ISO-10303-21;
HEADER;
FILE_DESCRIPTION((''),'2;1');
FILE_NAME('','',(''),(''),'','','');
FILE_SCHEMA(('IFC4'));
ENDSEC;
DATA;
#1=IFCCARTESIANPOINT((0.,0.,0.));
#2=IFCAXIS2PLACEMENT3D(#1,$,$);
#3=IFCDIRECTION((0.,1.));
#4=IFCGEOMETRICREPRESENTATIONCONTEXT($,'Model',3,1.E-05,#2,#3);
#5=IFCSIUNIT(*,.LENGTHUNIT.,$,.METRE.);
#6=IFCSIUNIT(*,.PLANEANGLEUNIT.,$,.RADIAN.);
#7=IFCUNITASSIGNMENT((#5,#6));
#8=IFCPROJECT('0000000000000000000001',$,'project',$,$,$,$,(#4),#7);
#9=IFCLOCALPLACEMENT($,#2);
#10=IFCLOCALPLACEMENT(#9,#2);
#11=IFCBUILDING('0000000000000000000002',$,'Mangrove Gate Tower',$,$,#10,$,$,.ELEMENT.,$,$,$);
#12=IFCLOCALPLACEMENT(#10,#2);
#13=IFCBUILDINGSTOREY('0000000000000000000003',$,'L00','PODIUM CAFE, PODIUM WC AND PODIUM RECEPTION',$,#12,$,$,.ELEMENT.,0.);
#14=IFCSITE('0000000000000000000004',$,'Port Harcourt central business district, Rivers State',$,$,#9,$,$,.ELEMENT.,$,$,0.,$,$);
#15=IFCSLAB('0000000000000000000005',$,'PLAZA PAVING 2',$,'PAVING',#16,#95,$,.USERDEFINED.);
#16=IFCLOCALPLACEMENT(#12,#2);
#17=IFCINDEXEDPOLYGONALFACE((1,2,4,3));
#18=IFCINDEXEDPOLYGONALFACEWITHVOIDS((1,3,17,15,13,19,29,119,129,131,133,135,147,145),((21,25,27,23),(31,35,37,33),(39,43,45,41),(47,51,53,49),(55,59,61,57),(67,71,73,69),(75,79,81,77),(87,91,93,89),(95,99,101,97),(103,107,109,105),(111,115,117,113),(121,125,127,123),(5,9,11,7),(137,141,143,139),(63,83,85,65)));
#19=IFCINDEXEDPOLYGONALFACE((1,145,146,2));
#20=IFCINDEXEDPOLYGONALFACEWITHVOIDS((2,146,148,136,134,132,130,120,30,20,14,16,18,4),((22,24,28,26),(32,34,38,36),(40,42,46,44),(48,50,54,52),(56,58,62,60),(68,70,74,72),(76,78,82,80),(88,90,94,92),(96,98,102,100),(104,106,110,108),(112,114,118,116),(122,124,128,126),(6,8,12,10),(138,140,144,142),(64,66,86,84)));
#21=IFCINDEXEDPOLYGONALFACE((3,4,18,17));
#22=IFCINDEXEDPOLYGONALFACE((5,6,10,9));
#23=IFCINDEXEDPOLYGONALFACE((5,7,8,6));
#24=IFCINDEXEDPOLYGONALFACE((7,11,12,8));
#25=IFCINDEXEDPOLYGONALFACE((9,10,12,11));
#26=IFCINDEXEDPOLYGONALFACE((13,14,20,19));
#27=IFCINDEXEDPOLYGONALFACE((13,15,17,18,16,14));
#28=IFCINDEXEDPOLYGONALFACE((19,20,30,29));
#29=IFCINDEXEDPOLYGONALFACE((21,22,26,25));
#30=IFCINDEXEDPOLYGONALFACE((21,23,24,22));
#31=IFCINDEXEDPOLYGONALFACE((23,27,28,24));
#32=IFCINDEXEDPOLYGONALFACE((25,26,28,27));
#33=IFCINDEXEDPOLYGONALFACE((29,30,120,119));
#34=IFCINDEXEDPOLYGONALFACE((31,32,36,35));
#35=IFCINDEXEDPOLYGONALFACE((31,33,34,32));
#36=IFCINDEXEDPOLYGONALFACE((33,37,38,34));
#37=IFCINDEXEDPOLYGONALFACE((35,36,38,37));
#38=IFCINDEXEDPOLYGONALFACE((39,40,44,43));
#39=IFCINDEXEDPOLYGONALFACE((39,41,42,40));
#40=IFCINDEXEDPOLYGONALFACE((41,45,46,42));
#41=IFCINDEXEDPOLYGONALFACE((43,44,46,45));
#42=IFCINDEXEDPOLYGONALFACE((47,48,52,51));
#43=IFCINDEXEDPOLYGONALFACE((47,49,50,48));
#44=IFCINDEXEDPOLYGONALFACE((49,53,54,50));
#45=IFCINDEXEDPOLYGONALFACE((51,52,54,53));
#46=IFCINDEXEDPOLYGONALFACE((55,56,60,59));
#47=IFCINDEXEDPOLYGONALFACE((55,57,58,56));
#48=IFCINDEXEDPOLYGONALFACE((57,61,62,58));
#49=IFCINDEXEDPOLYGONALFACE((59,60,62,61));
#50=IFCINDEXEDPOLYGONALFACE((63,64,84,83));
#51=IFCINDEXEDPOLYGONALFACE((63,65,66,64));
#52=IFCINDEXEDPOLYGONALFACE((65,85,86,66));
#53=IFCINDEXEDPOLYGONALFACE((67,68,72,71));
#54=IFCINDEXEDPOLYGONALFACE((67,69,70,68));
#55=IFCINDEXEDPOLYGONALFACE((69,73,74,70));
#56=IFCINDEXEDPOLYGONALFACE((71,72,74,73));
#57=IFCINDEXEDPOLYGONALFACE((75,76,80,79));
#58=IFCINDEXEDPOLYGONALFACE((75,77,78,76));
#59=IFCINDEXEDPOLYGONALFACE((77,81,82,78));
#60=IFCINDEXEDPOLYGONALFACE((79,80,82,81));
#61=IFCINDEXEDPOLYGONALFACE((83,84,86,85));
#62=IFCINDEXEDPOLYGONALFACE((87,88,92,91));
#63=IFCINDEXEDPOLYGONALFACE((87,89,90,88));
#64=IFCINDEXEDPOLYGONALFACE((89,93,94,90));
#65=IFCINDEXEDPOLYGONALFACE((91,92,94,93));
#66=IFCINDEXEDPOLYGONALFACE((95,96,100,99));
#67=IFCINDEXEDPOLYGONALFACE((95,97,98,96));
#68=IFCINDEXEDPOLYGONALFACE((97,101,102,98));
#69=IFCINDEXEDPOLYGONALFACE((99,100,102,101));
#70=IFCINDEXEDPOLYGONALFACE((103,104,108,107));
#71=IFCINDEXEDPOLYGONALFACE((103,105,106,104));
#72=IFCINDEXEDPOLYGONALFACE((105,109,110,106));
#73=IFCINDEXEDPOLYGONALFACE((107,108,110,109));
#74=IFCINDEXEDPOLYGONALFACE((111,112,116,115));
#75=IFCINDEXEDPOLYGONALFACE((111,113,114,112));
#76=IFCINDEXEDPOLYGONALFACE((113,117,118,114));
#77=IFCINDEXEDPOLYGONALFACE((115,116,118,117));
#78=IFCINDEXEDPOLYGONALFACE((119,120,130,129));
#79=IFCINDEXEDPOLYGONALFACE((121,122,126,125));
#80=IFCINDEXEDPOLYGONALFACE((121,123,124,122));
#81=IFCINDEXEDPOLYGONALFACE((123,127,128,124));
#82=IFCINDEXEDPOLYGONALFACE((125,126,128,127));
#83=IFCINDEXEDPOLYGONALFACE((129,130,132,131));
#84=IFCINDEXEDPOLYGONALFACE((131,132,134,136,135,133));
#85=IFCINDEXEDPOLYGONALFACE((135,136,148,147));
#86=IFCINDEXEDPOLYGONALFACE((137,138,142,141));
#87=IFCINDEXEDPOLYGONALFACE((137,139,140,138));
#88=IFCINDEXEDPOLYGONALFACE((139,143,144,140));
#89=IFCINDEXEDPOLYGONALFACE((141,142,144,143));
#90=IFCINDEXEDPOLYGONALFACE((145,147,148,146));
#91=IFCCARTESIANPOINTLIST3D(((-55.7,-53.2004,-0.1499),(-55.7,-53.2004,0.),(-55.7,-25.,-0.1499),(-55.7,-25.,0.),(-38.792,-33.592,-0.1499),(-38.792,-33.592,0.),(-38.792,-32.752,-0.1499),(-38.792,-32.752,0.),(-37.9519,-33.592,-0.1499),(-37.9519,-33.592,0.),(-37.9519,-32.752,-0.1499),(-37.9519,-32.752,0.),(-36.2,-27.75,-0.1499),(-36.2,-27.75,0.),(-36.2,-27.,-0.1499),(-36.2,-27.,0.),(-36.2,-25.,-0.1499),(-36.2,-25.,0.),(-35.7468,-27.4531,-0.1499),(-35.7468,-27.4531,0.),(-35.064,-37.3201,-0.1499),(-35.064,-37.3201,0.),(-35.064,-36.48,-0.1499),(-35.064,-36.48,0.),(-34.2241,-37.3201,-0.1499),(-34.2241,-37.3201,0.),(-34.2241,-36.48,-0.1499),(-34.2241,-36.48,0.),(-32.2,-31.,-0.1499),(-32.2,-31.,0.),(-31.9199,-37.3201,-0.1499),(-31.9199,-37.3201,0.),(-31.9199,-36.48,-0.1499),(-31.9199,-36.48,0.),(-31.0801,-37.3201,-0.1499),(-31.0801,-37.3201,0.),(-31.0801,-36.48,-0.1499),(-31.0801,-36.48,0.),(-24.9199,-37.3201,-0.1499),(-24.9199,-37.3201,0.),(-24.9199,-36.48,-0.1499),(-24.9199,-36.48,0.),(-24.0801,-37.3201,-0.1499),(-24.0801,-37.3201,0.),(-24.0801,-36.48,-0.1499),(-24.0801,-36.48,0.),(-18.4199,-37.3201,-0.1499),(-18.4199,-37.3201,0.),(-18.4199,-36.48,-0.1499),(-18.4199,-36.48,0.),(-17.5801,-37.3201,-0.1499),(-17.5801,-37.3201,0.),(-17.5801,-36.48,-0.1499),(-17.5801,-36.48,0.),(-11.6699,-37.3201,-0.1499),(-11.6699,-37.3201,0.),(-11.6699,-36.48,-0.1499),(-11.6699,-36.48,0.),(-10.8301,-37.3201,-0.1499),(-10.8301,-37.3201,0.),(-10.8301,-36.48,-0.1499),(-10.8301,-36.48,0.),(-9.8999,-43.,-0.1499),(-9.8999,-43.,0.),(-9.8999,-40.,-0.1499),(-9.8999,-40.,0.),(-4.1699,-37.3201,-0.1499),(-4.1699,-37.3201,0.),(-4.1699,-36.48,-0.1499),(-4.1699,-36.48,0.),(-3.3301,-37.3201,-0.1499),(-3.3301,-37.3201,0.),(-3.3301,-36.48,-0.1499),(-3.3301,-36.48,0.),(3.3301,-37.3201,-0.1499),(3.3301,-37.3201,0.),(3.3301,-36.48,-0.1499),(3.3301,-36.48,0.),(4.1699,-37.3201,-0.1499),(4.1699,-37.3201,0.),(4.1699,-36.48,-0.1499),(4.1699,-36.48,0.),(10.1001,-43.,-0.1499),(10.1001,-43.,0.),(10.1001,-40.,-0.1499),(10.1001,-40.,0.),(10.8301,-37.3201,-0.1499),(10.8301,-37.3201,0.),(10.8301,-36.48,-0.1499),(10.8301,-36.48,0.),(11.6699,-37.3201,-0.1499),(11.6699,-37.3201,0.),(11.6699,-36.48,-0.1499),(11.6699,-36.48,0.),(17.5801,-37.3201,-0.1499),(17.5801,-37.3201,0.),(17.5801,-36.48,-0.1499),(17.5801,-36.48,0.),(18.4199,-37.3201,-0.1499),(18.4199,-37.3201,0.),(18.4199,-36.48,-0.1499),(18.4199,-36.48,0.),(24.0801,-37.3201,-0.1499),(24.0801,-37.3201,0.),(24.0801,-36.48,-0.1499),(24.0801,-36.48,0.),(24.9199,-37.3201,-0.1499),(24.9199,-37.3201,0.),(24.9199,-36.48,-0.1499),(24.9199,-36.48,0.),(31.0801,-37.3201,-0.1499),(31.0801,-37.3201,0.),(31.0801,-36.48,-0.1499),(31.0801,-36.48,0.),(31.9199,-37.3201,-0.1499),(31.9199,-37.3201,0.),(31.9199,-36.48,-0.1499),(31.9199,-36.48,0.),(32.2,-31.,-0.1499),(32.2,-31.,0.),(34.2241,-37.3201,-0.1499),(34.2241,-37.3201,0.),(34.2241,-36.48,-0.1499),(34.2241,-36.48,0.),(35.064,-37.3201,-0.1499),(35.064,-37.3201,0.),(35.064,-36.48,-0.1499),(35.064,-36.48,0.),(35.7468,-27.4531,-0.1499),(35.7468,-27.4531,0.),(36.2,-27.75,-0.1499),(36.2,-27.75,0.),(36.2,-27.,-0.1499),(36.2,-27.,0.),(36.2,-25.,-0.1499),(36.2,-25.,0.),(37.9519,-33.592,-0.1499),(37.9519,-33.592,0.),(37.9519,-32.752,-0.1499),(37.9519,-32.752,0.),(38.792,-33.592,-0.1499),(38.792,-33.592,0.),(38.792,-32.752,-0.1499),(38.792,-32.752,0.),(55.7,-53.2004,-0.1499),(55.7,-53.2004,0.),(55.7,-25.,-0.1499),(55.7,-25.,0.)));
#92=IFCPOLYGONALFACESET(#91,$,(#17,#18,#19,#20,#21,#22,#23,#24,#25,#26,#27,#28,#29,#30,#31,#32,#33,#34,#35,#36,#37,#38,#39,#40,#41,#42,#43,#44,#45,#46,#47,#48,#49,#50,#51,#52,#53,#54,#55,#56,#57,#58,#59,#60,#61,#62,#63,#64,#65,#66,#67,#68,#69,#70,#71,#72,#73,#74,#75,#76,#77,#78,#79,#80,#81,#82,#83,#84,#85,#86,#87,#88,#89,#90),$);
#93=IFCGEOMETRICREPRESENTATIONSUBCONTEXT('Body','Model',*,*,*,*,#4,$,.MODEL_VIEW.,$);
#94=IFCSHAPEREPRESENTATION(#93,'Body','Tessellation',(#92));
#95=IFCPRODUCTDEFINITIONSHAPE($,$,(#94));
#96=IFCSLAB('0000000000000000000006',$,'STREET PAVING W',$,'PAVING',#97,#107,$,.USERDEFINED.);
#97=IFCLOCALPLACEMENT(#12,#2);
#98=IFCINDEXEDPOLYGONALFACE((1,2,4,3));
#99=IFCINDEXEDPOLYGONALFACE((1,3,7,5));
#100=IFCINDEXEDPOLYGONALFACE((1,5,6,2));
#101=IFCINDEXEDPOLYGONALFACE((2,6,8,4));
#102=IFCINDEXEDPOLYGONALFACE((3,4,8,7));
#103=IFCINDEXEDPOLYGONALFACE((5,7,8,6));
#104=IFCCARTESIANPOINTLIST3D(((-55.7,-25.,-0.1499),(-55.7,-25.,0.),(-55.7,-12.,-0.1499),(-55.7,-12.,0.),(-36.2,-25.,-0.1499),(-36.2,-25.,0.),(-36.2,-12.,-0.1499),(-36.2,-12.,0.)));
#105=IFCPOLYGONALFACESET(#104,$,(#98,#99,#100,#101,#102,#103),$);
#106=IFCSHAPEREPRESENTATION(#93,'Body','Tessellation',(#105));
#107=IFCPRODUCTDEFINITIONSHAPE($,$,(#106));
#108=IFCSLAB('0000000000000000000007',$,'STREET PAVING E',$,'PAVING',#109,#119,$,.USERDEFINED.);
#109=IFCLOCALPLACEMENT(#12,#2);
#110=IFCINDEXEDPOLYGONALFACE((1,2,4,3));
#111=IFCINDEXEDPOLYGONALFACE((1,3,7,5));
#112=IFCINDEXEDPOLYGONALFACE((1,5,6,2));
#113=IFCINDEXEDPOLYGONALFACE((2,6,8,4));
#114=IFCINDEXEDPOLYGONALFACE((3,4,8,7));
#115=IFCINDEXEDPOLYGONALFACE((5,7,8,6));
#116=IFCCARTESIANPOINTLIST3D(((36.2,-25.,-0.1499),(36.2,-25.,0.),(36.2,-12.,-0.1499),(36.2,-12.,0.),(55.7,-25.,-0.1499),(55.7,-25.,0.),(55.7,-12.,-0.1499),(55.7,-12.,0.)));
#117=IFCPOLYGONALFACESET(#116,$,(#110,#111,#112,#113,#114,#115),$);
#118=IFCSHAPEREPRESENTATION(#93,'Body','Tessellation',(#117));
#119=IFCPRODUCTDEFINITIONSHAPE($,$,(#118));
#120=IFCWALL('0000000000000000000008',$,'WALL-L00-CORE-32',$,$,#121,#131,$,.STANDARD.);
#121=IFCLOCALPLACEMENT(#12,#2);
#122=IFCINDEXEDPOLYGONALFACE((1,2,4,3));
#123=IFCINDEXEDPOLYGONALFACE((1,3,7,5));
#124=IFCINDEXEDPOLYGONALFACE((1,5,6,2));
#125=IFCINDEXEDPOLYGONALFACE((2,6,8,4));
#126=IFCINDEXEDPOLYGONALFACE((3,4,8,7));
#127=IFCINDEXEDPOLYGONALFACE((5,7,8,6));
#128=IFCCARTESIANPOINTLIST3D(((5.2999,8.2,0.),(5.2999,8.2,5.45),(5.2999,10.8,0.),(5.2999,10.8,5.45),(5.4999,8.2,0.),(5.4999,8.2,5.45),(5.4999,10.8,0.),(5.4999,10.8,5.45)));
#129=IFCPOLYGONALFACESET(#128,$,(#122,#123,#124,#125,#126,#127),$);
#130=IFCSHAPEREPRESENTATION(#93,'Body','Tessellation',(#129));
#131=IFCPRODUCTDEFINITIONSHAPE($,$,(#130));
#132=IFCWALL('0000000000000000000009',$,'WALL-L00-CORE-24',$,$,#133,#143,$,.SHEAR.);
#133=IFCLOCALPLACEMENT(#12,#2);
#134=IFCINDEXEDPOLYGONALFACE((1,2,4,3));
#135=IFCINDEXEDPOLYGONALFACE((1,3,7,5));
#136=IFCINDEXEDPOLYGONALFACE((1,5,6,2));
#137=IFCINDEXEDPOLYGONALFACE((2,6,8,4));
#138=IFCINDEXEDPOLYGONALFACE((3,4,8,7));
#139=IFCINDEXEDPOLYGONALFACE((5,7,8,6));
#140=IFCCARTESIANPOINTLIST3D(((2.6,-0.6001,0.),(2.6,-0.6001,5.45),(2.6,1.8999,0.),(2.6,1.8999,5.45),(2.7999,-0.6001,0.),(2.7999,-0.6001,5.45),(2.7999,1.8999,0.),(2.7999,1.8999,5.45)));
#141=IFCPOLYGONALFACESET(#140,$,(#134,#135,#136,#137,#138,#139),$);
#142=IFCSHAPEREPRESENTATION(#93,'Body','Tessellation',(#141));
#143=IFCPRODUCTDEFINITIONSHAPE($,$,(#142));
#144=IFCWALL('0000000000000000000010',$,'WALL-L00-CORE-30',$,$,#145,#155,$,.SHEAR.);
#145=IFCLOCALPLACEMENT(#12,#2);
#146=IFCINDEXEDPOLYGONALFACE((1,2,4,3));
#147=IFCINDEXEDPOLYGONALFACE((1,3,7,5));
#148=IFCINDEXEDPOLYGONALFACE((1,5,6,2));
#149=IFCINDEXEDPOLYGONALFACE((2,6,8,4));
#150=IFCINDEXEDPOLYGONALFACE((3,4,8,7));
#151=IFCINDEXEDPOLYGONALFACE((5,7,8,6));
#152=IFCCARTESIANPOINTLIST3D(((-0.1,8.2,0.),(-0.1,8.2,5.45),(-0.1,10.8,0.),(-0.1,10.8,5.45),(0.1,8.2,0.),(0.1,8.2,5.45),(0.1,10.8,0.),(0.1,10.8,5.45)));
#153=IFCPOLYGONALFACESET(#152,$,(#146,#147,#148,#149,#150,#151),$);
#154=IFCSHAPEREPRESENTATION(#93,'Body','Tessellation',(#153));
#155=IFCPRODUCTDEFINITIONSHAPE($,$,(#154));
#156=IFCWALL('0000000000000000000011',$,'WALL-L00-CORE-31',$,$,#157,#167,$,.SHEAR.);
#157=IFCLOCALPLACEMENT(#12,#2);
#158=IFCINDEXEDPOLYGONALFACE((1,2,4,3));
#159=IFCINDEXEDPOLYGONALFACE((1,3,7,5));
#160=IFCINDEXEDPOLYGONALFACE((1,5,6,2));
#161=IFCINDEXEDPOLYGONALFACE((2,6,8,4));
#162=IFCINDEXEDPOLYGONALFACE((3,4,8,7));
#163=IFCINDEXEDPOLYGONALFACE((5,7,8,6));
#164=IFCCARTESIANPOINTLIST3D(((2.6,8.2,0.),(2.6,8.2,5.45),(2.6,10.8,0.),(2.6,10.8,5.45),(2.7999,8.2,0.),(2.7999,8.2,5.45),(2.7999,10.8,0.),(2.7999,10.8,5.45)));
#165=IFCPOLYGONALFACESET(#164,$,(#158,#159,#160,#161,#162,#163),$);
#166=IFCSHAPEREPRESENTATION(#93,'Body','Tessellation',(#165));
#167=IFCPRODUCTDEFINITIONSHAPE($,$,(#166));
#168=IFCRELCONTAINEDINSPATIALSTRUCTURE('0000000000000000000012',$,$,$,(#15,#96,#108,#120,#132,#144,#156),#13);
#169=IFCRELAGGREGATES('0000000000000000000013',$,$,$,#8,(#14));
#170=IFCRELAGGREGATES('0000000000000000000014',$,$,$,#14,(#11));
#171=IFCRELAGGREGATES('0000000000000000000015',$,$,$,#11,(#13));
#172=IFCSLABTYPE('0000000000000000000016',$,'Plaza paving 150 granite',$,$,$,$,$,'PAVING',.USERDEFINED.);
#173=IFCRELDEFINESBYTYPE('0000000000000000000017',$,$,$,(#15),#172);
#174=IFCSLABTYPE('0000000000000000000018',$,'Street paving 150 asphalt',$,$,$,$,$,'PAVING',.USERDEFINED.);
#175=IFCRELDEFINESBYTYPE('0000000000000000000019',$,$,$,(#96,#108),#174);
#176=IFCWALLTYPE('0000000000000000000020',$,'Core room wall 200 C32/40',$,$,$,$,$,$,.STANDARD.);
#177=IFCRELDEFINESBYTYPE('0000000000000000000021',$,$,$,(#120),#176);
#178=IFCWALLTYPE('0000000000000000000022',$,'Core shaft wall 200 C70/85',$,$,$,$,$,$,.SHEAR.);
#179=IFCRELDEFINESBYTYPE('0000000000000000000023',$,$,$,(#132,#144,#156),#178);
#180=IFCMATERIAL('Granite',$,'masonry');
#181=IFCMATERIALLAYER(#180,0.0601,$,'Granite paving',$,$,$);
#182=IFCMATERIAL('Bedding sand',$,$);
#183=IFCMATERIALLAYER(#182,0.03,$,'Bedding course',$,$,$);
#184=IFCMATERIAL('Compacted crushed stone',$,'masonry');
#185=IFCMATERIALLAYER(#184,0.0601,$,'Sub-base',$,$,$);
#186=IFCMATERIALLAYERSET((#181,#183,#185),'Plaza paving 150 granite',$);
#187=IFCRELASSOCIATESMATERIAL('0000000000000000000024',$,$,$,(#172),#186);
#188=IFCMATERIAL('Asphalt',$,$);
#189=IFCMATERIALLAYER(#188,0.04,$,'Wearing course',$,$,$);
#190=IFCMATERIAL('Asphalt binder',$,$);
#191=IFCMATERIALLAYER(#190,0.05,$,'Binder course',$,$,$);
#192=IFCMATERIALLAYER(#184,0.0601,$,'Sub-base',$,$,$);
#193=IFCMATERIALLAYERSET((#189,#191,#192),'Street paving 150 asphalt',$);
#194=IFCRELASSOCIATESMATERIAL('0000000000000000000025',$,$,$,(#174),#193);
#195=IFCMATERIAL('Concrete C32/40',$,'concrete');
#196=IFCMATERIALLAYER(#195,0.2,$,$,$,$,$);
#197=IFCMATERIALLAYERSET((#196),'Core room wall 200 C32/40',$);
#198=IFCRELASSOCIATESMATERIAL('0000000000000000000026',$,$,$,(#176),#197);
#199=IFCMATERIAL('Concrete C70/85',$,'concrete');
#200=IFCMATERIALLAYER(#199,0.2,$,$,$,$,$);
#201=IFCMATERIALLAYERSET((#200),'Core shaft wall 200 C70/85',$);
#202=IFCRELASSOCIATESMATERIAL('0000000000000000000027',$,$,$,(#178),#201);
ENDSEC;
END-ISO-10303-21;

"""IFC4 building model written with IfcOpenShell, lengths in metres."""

from ifc_helpers import new_model, si_unit, direction, frame, frame_2d, origin, place, context, subcontext, project, spatial, polyline, rectangle, outline, extrude, material, layer, layer_set, type_object, element, save


model = new_model("IFC4")

# Units and contexts
model_context = context("Model", 3, precision=1e-05, world=origin(), true_north=direction((0.0, 1.0)))
body_context = subcontext(model_context, "Body", "Model", "MODEL_VIEW")
ifc_project = project(units=[si_unit("LENGTHUNIT", "METRE"), si_unit("PLANEANGLEUNIT", "RADIAN")], contexts=[model_context])

# Site, building, storey
site_placement = place(None, origin())
site = spatial("IfcSite", under=ifc_project, at=site_placement, Name="Port Harcourt central business district, Rivers State", CompositionType="ELEMENT", RefElevation=0.0)
building_placement = place(site_placement, origin())
building = spatial("IfcBuilding", under=site, at=building_placement, Name="Mangrove Gate Tower", CompositionType="ELEMENT")
storey_placement = place(building_placement, origin())
storey = spatial("IfcBuildingStorey", under=building, at=storey_placement, Name="L00", Description="PODIUM CAFE, PODIUM WC AND PODIUM RECEPTION", CompositionType="ELEMENT", Elevation=0.0)

# Slabs
ifc_material_1 = material(Name="Asphalt")
ifc_material_2 = material(Name="Asphalt binder")
ifc_material_3 = material(Name="Compacted crushed stone", Category="masonry")
ifc_material_4 = material(Name="Granite", Category="masonry")
ifc_layer_1 = layer(ifc_material_4, 0.0601, Name="Granite paving")
ifc_material_5 = material(Name="Bedding sand")
ifc_layer_2 = layer(ifc_material_5, 0.03, Name="Bedding course")
ifc_layer_3 = layer(ifc_material_3, 0.0601, Name="Sub-base")
ifc_layer_set_1 = layer_set([ifc_layer_1, ifc_layer_2, ifc_layer_3], Name="Plaza paving 150 granite")
slab_type_1 = type_object("IfcSlabType", Name="Plaza paving 150 granite", ElementType="PAVING", PredefinedType="USERDEFINED", material=ifc_layer_set_1)
slab_1_placement = place(storey_placement, frame((0.0, 0.0, -0.1499)))
element("IfcSlab", 1, at=slab_1_placement, inside=storey, type_object=slab_type_1, Name="PLAZA PAVING 2", ObjectType="PAVING", PredefinedType="USERDEFINED", context=body_context, shape_type="SweptSolid", body=[
    extrude(outline(polyline([(-36.2, -27.0), (-36.2, -27.0), (-36.2, -27.75), (-35.7468, -27.4531), (-32.2, -31.0), (-32.2, -31.0), (32.2, -31.0), (32.2, -31.0), (35.7468, -27.4531), (36.2, -27.75), (36.2, -27.0), (36.2, -27.0), (36.2, -25.0), (55.7, -25.0), (55.7, -53.2004), (-55.7, -53.2004), (-55.7, -25.0), (-36.2, -25.0), (-36.2, -27.0)]), holes=[polyline([(-34.2241, -36.48), (-35.064, -36.48), (-35.064, -37.3201), (-34.2241, -37.3201), (-34.2241, -36.48)]), polyline([(-31.0801, -36.48), (-31.9199, -36.48), (-31.9199, -37.3201), (-31.0801, -37.3201), (-31.0801, -36.48)]), polyline([(-24.0801, -36.48), (-24.9199, -36.48), (-24.9199, -37.3201), (-24.0801, -37.3201), (-24.0801, -36.48)]), polyline([(-37.9519, -33.592), (-37.9519, -32.752), (-38.792, -32.752), (-38.792, -33.592), (-37.9519, -33.592)]), polyline([(-17.5801, -37.3201), (-17.5801, -36.48), (-18.4199, -36.48), (-18.4199, -37.3201), (-17.5801, -37.3201)]), polyline([(-10.8301, -36.48), (-11.6699, -36.48), (-11.6699, -37.3201), (-10.8301, -37.3201), (-10.8301, -36.48)]), polyline([(-3.3301, -37.3201), (-3.3301, -36.48), (-4.1699, -36.48), (-4.1699, -37.3201), (-3.3301, -37.3201)]), polyline([(4.1699, -37.3201), (4.1699, -36.48), (3.3301, -36.48), (3.3301, -37.3201), (4.1699, -37.3201)]), polyline([(11.6699, -36.48), (10.8301, -36.48), (10.8301, -37.3201), (11.6699, -37.3201), (11.6699, -36.48)]), polyline([(18.4199, -37.3201), (18.4199, -36.48), (17.5801, -36.48), (17.5801, -37.3201), (18.4199, -37.3201)]), polyline([(24.9199, -36.48), (24.0801, -36.48), (24.0801, -37.3201), (24.9199, -37.3201), (24.9199, -36.48)]), polyline([(31.9199, -37.3201), (31.9199, -36.48), (31.0801, -36.48), (31.0801, -37.3201), (31.9199, -37.3201)]), polyline([(35.064, -37.3201), (35.064, -36.48), (34.2241, -36.48), (34.2241, -37.3201), (35.064, -37.3201)]), polyline([(38.792, -32.752), (37.9519, -32.752), (37.9519, -33.592), (38.792, -33.592), (38.792, -32.752)]), polyline([(10.1001, -43.0), (10.1001, -40.0), (-9.8999, -40.0), (-9.8999, -43.0), (10.1001, -43.0)])]), origin(), (0.0, 0.0, 1.0), 0.1499),
])
ifc_layer_4 = layer(ifc_material_1, 0.04, Name="Wearing course")
ifc_layer_5 = layer(ifc_material_2, 0.05, Name="Binder course")
ifc_layer_6 = layer(ifc_material_3, 0.0601, Name="Sub-base")
ifc_layer_set_2 = layer_set([ifc_layer_4, ifc_layer_5, ifc_layer_6], Name="Street paving 150 asphalt")
slab_type_2 = type_object("IfcSlabType", Name="Street paving 150 asphalt", ElementType="PAVING", PredefinedType="USERDEFINED", material=ifc_layer_set_2)
slab_2_placement = place(storey_placement, frame((0.0, 0.0, -0.1499)))
element("IfcSlab", 2, at=slab_2_placement, inside=storey, type_object=slab_type_2, Name="STREET PAVING W", ObjectType="PAVING", PredefinedType="USERDEFINED", context=body_context, shape_type="SweptSolid", body=[
    extrude(outline(polyline([(-55.7, -12.0), (-36.2, -12.0), (-36.2, -25.0), (-55.7, -25.0), (-55.7, -12.0)])), origin(), (0.0, 0.0, 1.0), 0.1499),
])
slab_3_placement = place(storey_placement, frame((0.0, 0.0, -0.1499)))
element("IfcSlab", 3, at=slab_3_placement, inside=storey, type_object=slab_type_2, Name="STREET PAVING E", ObjectType="PAVING", PredefinedType="USERDEFINED", context=body_context, shape_type="SweptSolid", body=[
    extrude(outline(polyline([(55.7, -25.0), (36.2, -25.0), (36.2, -12.0), (55.7, -12.0), (55.7, -25.0)])), origin(), (0.0, 0.0, 1.0), 0.1499),
])

# Walls
ifc_material_6 = material(Name="Concrete C32/40", Category="concrete")
ifc_layer_7 = layer(ifc_material_6, 0.2)
ifc_layer_set_3 = layer_set([ifc_layer_7], Name="Core room wall 200 C32/40")
wall_type_1 = type_object("IfcWallType", Name="Core room wall 200 C32/40", PredefinedType="STANDARD", material=ifc_layer_set_3)
wall_1_placement = place(storey_placement, frame((5.3999, 8.2, 0.0), z_axis=(0.0, 0.0, 1.0), x_axis=(0.0, 1.0, 0.0)))
element("IfcWall", 4, at=wall_1_placement, inside=storey, type_object=wall_type_1, Name="WALL-L00-CORE-32", PredefinedType="STANDARD", context=body_context, shape_type="SweptSolid", body=[
    extrude(rectangle(XDim=2.6001, YDim=0.2, at=frame_2d((1.3, 0.0))), origin(), (0.0, 0.0, 1.0), 5.45),
])
ifc_material_7 = material(Name="Concrete C70/85", Category="concrete")
ifc_layer_8 = layer(ifc_material_7, 0.2)
ifc_layer_set_4 = layer_set([ifc_layer_8], Name="Core shaft wall 200 C70/85")
wall_type_2 = type_object("IfcWallType", Name="Core shaft wall 200 C70/85", PredefinedType="SHEAR", material=ifc_layer_set_4)
wall_2_placement = place(storey_placement, frame((2.7, -0.6001, 0.0), z_axis=(0.0, 0.0, 1.0), x_axis=(0.0, 1.0, 0.0)))
element("IfcWall", 5, at=wall_2_placement, inside=storey, type_object=wall_type_2, Name="WALL-L00-CORE-24", PredefinedType="SHEAR", context=body_context, shape_type="SweptSolid", body=[
    extrude(rectangle(XDim=2.5, YDim=0.2, at=frame_2d((1.25, 0.0))), origin(), (0.0, 0.0, 1.0), 5.45),
])
for number, where, z_axis, x_axis, name in (
    (6, (0.0, 8.2, 0.0), (0.0, 0.0, 1.0), (0.0, 1.0, 0.0), "WALL-L00-CORE-30"),
    (7, (2.7, 8.2, 0.0), (0.0, 0.0, 1.0), (0.0, 1.0, 0.0), "WALL-L00-CORE-31"),
):
    element("IfcWall", number, at=place(storey_placement, frame(where, z_axis=z_axis, x_axis=x_axis)), inside=storey, type_object=wall_type_2, Name=name, PredefinedType="SHEAR", context=body_context, shape_type="SweptSolid", body=[
        extrude(rectangle(XDim=2.6001, YDim=0.2, at=frame_2d((1.3, 0.0))), origin(), (0.0, 0.0, 1.0), 5.45),
    ])

save(model, "model.ifc")
